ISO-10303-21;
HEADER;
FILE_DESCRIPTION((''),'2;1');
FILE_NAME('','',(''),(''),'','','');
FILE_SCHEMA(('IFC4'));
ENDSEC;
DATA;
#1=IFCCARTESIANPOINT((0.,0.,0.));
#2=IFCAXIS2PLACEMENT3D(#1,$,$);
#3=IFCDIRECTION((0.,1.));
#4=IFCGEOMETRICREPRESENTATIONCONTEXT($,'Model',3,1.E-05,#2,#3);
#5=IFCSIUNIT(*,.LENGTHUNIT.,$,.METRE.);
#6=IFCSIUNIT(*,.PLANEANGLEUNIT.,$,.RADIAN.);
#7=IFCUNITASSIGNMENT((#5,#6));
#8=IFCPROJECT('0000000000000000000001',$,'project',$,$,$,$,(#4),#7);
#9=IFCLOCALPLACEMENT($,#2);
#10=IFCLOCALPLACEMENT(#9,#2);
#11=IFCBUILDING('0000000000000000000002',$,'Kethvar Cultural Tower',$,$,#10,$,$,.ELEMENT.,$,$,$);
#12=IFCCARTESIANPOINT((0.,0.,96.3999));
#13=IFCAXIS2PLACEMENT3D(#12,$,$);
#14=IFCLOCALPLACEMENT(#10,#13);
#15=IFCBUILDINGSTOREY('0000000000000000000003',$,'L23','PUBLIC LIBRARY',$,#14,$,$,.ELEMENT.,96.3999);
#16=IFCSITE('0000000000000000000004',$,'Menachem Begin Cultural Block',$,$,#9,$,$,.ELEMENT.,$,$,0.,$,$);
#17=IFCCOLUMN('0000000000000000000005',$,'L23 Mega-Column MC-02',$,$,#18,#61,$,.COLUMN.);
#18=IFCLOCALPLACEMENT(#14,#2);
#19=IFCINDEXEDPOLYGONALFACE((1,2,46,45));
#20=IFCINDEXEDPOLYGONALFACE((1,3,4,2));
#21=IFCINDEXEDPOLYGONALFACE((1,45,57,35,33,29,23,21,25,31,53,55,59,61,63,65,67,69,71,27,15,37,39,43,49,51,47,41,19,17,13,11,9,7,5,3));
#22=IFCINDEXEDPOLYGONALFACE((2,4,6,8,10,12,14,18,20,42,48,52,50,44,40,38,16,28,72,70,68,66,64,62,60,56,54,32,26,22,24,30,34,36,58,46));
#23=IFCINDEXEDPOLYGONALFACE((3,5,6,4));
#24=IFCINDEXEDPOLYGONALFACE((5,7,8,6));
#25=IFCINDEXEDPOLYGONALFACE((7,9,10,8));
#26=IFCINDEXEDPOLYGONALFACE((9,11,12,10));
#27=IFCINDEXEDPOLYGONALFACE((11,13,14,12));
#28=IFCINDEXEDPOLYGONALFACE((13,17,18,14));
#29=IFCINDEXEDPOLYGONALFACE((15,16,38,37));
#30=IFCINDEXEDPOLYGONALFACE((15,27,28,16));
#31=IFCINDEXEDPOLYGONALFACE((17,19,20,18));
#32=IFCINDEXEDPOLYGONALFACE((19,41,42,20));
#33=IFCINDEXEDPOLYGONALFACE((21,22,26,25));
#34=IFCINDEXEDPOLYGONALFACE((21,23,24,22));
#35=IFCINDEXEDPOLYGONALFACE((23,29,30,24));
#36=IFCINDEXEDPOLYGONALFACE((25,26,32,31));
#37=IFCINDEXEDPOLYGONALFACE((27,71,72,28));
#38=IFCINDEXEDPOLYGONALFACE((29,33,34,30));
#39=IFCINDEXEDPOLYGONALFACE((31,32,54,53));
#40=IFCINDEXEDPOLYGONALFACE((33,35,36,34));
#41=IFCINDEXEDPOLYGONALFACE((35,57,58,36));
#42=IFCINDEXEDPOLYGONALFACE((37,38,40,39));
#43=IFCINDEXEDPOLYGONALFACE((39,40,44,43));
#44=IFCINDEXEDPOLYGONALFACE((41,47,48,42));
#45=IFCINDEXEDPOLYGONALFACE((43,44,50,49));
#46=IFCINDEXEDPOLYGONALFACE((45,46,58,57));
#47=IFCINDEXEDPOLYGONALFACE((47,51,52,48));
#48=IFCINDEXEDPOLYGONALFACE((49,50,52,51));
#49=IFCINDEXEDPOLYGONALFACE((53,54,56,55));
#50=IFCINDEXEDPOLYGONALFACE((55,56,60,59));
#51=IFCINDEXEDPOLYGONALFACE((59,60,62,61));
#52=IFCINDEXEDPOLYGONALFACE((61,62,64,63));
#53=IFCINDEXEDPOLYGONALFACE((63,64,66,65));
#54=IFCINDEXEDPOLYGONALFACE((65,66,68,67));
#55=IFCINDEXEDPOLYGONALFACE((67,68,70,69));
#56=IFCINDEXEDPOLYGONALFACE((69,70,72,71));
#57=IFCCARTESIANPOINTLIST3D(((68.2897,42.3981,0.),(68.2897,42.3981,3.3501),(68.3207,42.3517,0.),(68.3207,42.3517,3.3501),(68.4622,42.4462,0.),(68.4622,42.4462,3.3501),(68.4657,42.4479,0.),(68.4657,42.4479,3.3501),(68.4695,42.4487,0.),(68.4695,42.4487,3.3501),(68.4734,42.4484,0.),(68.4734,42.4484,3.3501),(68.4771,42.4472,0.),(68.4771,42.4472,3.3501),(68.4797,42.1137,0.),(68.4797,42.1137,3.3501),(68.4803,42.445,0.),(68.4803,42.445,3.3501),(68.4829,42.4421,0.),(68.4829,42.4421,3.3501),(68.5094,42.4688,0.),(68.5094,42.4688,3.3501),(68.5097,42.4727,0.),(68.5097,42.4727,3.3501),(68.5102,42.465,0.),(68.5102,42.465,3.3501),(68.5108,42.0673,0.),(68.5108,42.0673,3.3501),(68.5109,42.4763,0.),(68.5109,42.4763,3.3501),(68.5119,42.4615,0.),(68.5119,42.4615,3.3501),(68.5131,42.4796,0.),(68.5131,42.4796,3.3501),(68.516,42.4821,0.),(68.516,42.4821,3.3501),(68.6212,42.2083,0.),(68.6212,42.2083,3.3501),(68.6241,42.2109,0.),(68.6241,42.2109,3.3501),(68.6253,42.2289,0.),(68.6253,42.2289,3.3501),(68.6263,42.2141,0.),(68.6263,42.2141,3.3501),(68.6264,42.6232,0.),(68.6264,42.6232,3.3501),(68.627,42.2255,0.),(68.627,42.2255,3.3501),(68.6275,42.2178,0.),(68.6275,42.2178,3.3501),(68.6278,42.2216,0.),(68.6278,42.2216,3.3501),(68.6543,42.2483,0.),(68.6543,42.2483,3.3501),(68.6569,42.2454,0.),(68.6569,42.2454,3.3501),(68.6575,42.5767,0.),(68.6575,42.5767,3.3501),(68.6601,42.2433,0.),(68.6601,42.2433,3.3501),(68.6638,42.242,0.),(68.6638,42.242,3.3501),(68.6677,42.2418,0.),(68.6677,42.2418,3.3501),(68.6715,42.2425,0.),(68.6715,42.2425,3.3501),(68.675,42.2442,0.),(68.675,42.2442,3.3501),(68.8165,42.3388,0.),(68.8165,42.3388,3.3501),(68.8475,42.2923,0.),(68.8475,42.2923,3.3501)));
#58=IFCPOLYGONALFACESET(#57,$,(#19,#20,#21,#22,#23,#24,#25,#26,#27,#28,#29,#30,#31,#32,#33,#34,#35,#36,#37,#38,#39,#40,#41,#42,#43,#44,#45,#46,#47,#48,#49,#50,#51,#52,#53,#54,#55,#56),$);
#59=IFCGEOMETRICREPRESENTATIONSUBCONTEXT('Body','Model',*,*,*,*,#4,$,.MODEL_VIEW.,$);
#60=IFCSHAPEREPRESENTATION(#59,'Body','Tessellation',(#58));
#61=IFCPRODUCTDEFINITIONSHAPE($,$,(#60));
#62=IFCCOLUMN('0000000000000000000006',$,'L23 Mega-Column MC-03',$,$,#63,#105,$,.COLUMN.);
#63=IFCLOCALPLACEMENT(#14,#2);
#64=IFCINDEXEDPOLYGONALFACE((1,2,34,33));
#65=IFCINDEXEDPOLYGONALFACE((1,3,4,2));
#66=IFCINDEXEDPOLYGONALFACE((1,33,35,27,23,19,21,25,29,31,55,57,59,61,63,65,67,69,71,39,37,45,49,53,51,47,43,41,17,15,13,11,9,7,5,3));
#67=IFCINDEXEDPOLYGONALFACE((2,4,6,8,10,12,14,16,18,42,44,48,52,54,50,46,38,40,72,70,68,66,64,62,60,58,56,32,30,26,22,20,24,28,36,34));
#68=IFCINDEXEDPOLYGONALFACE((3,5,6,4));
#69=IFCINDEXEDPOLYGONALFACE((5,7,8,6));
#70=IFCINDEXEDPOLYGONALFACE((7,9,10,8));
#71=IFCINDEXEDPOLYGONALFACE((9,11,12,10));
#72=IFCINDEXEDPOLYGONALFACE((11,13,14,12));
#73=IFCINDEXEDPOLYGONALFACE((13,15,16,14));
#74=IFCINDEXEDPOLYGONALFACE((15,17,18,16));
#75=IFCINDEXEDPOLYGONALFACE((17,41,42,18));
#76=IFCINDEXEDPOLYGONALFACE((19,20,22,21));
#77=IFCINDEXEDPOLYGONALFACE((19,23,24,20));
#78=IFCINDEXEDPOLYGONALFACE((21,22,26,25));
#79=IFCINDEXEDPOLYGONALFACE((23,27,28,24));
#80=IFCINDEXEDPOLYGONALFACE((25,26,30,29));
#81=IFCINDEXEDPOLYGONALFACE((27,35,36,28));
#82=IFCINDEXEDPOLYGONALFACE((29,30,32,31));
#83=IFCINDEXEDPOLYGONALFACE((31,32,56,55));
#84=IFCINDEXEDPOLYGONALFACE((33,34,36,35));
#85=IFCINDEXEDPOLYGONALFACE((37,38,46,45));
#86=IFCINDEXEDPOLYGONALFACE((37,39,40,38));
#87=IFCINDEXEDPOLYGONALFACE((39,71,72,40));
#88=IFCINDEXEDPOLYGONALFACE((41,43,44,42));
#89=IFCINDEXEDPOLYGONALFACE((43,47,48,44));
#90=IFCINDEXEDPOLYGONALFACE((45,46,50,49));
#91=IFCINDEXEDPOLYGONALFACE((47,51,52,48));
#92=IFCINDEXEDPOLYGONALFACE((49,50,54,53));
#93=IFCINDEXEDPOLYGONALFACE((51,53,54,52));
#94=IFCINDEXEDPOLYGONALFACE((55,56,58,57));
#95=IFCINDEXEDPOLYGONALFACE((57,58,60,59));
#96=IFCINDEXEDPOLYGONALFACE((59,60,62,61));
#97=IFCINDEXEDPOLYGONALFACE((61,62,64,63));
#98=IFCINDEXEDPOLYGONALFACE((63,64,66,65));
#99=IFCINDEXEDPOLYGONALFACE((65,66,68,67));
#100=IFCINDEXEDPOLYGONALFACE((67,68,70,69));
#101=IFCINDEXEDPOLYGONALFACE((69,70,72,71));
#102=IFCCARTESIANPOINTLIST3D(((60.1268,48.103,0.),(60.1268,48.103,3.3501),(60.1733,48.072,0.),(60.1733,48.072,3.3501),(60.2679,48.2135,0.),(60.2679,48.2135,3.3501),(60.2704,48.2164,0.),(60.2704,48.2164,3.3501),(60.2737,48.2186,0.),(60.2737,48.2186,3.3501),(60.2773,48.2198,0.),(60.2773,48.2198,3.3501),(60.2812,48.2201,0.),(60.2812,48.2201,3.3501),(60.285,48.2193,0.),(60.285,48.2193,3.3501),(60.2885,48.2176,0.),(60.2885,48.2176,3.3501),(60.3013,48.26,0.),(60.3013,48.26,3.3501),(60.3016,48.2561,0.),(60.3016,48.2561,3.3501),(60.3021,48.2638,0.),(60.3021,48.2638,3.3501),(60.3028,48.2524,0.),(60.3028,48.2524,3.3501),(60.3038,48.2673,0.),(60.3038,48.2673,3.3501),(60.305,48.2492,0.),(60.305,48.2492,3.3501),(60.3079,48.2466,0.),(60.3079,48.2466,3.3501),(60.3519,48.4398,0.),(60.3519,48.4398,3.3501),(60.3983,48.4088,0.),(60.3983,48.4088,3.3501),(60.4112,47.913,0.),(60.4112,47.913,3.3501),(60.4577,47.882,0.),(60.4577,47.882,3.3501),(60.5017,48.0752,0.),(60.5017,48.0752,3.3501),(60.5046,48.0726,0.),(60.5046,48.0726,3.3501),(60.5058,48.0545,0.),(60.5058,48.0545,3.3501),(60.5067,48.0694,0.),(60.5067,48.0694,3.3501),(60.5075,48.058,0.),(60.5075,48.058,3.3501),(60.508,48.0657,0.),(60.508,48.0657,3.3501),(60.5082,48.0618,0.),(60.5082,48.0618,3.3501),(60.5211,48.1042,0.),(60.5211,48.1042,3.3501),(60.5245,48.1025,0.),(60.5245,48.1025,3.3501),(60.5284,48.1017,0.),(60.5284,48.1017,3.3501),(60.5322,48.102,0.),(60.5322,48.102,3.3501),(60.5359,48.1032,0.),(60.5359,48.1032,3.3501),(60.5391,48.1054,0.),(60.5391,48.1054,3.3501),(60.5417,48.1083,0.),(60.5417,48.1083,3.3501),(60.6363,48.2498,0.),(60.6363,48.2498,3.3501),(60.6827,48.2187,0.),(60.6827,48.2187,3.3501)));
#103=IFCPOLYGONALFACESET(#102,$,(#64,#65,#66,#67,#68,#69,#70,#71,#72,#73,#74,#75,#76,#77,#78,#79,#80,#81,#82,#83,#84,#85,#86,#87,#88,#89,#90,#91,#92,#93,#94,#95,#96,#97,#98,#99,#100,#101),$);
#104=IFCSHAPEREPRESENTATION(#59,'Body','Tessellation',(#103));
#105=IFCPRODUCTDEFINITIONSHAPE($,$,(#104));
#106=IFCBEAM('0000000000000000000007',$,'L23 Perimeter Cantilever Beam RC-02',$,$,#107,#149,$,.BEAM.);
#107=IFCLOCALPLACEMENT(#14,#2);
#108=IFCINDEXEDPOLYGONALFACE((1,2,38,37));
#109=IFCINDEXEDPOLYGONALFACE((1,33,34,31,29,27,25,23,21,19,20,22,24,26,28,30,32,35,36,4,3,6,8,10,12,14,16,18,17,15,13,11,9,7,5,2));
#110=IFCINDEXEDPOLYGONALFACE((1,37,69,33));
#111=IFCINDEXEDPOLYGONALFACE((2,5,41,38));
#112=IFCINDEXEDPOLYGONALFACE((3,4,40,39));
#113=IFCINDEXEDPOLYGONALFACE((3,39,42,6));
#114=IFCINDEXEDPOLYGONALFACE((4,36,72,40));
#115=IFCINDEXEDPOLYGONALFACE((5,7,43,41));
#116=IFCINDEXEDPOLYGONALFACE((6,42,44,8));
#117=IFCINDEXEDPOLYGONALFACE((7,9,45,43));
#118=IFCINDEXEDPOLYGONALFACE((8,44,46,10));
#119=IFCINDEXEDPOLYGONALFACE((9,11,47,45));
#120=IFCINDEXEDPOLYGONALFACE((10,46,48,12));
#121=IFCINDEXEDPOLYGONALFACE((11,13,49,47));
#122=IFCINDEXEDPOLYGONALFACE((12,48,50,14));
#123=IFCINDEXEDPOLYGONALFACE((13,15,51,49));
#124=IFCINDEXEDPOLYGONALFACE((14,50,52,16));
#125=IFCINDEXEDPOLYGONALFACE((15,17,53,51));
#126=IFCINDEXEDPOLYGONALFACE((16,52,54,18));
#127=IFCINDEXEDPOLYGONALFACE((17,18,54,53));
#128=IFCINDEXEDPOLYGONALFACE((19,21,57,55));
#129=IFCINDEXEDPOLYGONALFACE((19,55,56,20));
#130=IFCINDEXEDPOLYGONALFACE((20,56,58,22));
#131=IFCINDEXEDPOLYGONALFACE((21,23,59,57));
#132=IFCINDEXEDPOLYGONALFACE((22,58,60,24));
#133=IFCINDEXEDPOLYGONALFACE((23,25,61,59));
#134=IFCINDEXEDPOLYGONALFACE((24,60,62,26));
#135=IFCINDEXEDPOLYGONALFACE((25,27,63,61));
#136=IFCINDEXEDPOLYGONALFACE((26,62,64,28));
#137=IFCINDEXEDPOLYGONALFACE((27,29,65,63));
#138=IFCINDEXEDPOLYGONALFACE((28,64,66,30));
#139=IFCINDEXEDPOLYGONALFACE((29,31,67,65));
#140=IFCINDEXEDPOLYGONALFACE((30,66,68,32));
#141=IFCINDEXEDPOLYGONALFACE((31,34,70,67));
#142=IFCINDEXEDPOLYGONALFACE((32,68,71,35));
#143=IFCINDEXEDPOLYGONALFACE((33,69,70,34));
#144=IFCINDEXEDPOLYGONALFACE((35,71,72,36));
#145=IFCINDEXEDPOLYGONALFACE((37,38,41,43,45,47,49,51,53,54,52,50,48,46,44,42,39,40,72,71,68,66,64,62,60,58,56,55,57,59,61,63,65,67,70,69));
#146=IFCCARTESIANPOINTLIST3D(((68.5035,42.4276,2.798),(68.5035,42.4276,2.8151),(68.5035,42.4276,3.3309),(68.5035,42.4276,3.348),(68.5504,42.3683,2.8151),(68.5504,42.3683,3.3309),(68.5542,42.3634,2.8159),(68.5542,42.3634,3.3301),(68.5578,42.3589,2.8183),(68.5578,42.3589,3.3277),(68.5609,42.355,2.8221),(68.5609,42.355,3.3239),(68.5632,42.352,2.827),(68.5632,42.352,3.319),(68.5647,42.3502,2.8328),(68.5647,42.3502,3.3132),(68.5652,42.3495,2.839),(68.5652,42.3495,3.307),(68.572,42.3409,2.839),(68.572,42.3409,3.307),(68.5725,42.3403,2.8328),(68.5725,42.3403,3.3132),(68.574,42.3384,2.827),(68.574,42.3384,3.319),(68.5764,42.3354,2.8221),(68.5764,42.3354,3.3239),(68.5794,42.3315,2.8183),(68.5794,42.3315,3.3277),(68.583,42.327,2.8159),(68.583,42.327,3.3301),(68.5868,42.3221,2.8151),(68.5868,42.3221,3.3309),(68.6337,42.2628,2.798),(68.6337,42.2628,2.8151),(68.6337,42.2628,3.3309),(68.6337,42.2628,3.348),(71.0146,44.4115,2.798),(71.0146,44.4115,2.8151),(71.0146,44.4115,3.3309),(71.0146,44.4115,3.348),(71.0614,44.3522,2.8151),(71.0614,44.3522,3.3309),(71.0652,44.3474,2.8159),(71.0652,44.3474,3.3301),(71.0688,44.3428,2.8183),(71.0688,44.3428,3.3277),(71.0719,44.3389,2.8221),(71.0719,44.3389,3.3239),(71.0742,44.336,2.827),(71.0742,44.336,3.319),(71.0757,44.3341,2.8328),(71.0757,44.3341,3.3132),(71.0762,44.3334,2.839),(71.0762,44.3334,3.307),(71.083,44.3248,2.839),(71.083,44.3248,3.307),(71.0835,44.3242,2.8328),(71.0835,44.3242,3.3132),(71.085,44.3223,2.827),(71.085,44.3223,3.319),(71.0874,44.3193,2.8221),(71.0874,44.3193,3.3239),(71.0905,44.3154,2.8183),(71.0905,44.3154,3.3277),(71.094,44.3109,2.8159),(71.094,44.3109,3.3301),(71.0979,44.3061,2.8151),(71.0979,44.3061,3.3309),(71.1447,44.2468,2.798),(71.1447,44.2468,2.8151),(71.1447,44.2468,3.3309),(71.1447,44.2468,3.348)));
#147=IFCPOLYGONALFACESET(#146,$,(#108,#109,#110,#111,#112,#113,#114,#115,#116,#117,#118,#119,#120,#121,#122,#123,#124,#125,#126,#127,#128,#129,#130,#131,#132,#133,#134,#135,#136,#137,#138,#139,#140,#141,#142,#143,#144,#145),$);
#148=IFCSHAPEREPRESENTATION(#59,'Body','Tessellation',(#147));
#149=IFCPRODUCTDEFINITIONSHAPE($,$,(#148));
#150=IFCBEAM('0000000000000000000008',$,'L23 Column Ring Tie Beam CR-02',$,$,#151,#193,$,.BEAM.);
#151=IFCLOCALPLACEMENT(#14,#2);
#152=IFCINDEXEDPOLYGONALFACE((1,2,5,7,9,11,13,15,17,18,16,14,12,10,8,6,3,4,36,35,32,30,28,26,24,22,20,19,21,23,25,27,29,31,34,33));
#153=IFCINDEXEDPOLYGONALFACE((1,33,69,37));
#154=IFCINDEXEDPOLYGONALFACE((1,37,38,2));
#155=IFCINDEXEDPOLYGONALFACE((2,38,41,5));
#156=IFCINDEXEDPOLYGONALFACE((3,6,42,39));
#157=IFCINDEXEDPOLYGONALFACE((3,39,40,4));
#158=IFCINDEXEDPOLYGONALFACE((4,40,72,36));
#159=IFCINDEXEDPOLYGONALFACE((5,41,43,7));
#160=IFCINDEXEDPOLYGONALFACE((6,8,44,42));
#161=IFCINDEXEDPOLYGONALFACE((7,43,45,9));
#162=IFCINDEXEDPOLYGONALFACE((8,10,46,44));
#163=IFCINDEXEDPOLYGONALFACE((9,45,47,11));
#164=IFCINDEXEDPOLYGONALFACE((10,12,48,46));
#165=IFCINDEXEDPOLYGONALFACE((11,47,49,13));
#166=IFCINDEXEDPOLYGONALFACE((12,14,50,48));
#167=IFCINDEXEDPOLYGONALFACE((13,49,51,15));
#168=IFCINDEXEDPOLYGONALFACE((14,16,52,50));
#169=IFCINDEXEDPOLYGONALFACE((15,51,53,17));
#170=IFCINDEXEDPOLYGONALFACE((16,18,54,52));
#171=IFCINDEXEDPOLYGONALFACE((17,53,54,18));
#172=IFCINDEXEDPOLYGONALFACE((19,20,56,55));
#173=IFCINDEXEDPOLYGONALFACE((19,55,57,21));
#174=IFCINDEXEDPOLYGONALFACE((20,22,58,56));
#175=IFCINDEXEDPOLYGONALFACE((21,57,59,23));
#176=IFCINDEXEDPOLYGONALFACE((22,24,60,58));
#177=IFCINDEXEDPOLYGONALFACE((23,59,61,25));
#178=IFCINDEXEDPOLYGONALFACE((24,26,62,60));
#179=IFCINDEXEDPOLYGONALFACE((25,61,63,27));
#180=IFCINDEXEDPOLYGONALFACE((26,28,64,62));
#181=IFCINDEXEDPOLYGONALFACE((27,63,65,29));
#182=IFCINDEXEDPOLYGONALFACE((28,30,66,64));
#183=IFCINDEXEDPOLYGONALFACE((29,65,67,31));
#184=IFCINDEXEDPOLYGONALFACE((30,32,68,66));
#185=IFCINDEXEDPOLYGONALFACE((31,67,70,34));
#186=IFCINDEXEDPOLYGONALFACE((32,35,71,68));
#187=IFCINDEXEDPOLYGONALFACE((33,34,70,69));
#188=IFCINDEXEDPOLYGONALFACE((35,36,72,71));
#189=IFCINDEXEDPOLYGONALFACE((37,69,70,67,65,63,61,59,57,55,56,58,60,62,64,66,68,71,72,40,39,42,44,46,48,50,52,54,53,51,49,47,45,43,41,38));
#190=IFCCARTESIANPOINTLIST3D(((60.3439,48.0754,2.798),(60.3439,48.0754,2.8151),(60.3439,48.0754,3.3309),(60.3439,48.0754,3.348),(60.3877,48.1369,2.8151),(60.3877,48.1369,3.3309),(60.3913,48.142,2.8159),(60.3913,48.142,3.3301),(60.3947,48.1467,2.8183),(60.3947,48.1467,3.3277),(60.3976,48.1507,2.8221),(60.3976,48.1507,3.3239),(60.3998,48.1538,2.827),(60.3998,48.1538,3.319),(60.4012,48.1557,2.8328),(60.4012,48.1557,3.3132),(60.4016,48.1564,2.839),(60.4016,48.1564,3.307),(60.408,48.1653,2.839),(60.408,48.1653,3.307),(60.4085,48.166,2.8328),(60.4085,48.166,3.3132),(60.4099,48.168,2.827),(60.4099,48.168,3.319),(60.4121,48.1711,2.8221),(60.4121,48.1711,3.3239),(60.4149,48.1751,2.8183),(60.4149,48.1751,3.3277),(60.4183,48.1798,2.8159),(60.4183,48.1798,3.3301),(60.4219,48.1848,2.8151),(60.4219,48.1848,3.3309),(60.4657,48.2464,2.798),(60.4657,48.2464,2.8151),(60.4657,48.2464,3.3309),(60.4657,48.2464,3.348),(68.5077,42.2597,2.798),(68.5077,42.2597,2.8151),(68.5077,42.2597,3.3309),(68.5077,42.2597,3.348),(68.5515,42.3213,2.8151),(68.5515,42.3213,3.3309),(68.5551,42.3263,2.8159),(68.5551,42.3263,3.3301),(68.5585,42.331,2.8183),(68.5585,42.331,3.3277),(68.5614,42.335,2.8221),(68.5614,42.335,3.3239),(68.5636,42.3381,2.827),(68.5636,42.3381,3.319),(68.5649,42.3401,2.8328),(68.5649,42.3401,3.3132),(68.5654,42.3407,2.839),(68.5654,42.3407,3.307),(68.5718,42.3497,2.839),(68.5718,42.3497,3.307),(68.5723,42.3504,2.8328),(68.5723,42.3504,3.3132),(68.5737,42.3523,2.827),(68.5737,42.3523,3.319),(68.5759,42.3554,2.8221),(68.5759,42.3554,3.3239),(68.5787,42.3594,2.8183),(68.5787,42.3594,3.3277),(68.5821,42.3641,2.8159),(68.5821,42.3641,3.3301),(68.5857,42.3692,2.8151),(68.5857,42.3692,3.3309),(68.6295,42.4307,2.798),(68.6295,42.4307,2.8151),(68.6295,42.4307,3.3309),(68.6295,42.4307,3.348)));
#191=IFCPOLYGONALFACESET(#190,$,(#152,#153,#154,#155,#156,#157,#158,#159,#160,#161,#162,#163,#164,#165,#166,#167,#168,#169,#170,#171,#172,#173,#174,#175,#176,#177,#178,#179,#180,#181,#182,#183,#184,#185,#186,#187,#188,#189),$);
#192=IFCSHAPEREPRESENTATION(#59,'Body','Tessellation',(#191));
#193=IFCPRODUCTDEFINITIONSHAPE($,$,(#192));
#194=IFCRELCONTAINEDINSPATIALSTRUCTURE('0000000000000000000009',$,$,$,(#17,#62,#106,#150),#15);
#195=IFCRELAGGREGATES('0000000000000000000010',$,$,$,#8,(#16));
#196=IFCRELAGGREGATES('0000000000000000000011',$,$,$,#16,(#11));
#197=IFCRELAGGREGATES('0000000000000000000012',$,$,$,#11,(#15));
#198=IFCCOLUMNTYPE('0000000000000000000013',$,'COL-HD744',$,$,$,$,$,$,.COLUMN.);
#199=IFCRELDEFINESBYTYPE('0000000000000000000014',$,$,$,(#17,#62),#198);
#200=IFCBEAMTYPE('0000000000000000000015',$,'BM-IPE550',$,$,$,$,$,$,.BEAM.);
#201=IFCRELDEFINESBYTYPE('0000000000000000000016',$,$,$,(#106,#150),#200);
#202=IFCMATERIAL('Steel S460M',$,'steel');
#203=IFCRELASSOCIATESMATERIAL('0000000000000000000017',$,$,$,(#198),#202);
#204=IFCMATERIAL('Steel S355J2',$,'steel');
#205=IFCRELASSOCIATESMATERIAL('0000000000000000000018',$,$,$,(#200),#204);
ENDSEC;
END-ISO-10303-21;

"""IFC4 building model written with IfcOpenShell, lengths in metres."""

from ifc_helpers import new_model, si_unit, direction, frame, origin, origin_2d, place, context, subcontext, project, spatial, i_section, extrude, source, transform, mapped, material, material_profile, profile_set, type_object, element, save


model = new_model("IFC4")

# Units and contexts
model_context = context("Model", 3, precision=1e-05, world=origin(), true_north=direction((0.0, 1.0)))
body_context = subcontext(model_context, "Body", "Model", "MODEL_VIEW")
ifc_project = project(units=[si_unit("LENGTHUNIT", "METRE"), si_unit("PLANEANGLEUNIT", "RADIAN")], contexts=[model_context])

# Site, building, storey
site_placement = place(None, origin())
site = spatial("IfcSite", under=ifc_project, at=site_placement, Name="Menachem Begin Cultural Block", CompositionType="ELEMENT", RefElevation=0.0)
building_placement = place(site_placement, origin())
building = spatial("IfcBuilding", under=site, at=building_placement, Name="Kethvar Cultural Tower", CompositionType="ELEMENT")
storey_placement = place(building_placement, frame((0.0, 0.0, 96.3999)))
storey = spatial("IfcBuildingStorey", under=building, at=storey_placement, Name="L23", Description="PUBLIC LIBRARY", CompositionType="ELEMENT", Elevation=96.3999)

# Columns
ifc_material_1 = material(Name="Steel S460M", Category="steel")
ifc_material_profile_1 = material_profile(ifc_material_1, i_section(OverallWidth=0.405, OverallDepth=0.3979, WebThickness=0.0349, FlangeThickness=0.0559, FilletRadius=0.0149, at=origin_2d()), Name="Steel S460M — HD400x744")
ifc_profile_set_1 = profile_set([ifc_material_profile_1], Name="Steel S460M — HD400x744")
column_type = type_object("IfcColumnType", Name="COL-HD744", PredefinedType="COLUMN", material=ifc_profile_set_1)
shared_shape_1 = source(origin(), body_context, "Body", "SweptSolid", [
    extrude(i_section(OverallWidth=0.405, OverallDepth=0.3979, WebThickness=0.0349, FlangeThickness=0.0559, FilletRadius=0.0149, at=origin_2d()), origin(), (0.0, 0.0, 1.0), 3.3501),
])
for number, where, z_axis, x_axis, name in (
    (1, (68.5686, 42.3452, 0.0), (0.0, 0.0, 1.0), (0.83147, 0.55557, 0.0), "L23 Mega-Column MC-02"),
    (2, (60.4048, 48.1609, 0.0), (0.0, 0.0, 1.0), (0.55557, 0.83147, 0.0), "L23 Mega-Column MC-03"),
):
    element("IfcColumn", number, at=place(storey_placement, frame(where, z_axis=z_axis, x_axis=x_axis)), inside=storey, type_object=column_type, Name=name, PredefinedType="COLUMN", context=body_context, shape_type="MappedRepresentation", body=[
        mapped(shared_shape_1, transform((0.0, 0.0, 0.0), scale=1.0)),
    ])

# Beams
ifc_material_2 = material(Name="Steel S355J2", Category="steel")
ifc_material_profile_2 = material_profile(ifc_material_2, i_section(OverallWidth=0.21, OverallDepth=0.55, WebThickness=0.011, FlangeThickness=0.0171, FilletRadius=0.0239, at=origin_2d()), Name="Steel S355J2 — IPE550")
ifc_profile_set_2 = profile_set([ifc_material_profile_2], Name="Steel S355J2 — IPE550")
beam_type_1 = type_object("IfcBeamType", Name="BM-IPE550", PredefinedType="BEAM", material=ifc_profile_set_2)
shared_shape_2 = source(origin(), body_context, "Body", "SweptSolid", [
    extrude(i_section(OverallWidth=0.21, OverallDepth=0.55, WebThickness=0.011, FlangeThickness=0.0171, FilletRadius=0.0239, at=origin_2d()), origin(), (0.0, 0.0, 1.0), 3.2002),
])
beam_1_placement = place(storey_placement, frame((68.5686, 42.3452, 3.073), z_axis=(0.78465, 0.619939, 0.0), x_axis=(-0.619939, 0.78465, 0.0)))
element("IfcBeam", 3, at=beam_1_placement, inside=storey, type_object=beam_type_1, Name="L23 Perimeter Cantilever Beam RC-02", PredefinedType="BEAM", context=body_context, shape_type="MappedRepresentation", body=[
    mapped(shared_shape_2, transform((0.0, 0.0, 0.0), scale=1.0)),
])
shared_shape_3 = source(origin(), body_context, "Body", "SweptSolid", [
    extrude(i_section(OverallWidth=0.21, OverallDepth=0.55, WebThickness=0.011, FlangeThickness=0.0171, FilletRadius=0.0239, at=origin_2d()), origin(), (0.0, 0.0, 1.0), 10.0234),
])
beam_2_placement = place(storey_placement, frame((68.5686, 42.3452, 3.073), z_axis=(-0.81447, 0.580206, 0.0), x_axis=(-0.580206, -0.81447, 0.0)))
element("IfcBeam", 4, at=beam_2_placement, inside=storey, type_object=beam_type_1, Name="L23 Column Ring Tie Beam CR-02", PredefinedType="BEAM", context=body_context, shape_type="MappedRepresentation", body=[
    mapped(shared_shape_3, transform((0.0, 0.0, 0.0), scale=1.0)),
])

save(model, "model.ifc")
